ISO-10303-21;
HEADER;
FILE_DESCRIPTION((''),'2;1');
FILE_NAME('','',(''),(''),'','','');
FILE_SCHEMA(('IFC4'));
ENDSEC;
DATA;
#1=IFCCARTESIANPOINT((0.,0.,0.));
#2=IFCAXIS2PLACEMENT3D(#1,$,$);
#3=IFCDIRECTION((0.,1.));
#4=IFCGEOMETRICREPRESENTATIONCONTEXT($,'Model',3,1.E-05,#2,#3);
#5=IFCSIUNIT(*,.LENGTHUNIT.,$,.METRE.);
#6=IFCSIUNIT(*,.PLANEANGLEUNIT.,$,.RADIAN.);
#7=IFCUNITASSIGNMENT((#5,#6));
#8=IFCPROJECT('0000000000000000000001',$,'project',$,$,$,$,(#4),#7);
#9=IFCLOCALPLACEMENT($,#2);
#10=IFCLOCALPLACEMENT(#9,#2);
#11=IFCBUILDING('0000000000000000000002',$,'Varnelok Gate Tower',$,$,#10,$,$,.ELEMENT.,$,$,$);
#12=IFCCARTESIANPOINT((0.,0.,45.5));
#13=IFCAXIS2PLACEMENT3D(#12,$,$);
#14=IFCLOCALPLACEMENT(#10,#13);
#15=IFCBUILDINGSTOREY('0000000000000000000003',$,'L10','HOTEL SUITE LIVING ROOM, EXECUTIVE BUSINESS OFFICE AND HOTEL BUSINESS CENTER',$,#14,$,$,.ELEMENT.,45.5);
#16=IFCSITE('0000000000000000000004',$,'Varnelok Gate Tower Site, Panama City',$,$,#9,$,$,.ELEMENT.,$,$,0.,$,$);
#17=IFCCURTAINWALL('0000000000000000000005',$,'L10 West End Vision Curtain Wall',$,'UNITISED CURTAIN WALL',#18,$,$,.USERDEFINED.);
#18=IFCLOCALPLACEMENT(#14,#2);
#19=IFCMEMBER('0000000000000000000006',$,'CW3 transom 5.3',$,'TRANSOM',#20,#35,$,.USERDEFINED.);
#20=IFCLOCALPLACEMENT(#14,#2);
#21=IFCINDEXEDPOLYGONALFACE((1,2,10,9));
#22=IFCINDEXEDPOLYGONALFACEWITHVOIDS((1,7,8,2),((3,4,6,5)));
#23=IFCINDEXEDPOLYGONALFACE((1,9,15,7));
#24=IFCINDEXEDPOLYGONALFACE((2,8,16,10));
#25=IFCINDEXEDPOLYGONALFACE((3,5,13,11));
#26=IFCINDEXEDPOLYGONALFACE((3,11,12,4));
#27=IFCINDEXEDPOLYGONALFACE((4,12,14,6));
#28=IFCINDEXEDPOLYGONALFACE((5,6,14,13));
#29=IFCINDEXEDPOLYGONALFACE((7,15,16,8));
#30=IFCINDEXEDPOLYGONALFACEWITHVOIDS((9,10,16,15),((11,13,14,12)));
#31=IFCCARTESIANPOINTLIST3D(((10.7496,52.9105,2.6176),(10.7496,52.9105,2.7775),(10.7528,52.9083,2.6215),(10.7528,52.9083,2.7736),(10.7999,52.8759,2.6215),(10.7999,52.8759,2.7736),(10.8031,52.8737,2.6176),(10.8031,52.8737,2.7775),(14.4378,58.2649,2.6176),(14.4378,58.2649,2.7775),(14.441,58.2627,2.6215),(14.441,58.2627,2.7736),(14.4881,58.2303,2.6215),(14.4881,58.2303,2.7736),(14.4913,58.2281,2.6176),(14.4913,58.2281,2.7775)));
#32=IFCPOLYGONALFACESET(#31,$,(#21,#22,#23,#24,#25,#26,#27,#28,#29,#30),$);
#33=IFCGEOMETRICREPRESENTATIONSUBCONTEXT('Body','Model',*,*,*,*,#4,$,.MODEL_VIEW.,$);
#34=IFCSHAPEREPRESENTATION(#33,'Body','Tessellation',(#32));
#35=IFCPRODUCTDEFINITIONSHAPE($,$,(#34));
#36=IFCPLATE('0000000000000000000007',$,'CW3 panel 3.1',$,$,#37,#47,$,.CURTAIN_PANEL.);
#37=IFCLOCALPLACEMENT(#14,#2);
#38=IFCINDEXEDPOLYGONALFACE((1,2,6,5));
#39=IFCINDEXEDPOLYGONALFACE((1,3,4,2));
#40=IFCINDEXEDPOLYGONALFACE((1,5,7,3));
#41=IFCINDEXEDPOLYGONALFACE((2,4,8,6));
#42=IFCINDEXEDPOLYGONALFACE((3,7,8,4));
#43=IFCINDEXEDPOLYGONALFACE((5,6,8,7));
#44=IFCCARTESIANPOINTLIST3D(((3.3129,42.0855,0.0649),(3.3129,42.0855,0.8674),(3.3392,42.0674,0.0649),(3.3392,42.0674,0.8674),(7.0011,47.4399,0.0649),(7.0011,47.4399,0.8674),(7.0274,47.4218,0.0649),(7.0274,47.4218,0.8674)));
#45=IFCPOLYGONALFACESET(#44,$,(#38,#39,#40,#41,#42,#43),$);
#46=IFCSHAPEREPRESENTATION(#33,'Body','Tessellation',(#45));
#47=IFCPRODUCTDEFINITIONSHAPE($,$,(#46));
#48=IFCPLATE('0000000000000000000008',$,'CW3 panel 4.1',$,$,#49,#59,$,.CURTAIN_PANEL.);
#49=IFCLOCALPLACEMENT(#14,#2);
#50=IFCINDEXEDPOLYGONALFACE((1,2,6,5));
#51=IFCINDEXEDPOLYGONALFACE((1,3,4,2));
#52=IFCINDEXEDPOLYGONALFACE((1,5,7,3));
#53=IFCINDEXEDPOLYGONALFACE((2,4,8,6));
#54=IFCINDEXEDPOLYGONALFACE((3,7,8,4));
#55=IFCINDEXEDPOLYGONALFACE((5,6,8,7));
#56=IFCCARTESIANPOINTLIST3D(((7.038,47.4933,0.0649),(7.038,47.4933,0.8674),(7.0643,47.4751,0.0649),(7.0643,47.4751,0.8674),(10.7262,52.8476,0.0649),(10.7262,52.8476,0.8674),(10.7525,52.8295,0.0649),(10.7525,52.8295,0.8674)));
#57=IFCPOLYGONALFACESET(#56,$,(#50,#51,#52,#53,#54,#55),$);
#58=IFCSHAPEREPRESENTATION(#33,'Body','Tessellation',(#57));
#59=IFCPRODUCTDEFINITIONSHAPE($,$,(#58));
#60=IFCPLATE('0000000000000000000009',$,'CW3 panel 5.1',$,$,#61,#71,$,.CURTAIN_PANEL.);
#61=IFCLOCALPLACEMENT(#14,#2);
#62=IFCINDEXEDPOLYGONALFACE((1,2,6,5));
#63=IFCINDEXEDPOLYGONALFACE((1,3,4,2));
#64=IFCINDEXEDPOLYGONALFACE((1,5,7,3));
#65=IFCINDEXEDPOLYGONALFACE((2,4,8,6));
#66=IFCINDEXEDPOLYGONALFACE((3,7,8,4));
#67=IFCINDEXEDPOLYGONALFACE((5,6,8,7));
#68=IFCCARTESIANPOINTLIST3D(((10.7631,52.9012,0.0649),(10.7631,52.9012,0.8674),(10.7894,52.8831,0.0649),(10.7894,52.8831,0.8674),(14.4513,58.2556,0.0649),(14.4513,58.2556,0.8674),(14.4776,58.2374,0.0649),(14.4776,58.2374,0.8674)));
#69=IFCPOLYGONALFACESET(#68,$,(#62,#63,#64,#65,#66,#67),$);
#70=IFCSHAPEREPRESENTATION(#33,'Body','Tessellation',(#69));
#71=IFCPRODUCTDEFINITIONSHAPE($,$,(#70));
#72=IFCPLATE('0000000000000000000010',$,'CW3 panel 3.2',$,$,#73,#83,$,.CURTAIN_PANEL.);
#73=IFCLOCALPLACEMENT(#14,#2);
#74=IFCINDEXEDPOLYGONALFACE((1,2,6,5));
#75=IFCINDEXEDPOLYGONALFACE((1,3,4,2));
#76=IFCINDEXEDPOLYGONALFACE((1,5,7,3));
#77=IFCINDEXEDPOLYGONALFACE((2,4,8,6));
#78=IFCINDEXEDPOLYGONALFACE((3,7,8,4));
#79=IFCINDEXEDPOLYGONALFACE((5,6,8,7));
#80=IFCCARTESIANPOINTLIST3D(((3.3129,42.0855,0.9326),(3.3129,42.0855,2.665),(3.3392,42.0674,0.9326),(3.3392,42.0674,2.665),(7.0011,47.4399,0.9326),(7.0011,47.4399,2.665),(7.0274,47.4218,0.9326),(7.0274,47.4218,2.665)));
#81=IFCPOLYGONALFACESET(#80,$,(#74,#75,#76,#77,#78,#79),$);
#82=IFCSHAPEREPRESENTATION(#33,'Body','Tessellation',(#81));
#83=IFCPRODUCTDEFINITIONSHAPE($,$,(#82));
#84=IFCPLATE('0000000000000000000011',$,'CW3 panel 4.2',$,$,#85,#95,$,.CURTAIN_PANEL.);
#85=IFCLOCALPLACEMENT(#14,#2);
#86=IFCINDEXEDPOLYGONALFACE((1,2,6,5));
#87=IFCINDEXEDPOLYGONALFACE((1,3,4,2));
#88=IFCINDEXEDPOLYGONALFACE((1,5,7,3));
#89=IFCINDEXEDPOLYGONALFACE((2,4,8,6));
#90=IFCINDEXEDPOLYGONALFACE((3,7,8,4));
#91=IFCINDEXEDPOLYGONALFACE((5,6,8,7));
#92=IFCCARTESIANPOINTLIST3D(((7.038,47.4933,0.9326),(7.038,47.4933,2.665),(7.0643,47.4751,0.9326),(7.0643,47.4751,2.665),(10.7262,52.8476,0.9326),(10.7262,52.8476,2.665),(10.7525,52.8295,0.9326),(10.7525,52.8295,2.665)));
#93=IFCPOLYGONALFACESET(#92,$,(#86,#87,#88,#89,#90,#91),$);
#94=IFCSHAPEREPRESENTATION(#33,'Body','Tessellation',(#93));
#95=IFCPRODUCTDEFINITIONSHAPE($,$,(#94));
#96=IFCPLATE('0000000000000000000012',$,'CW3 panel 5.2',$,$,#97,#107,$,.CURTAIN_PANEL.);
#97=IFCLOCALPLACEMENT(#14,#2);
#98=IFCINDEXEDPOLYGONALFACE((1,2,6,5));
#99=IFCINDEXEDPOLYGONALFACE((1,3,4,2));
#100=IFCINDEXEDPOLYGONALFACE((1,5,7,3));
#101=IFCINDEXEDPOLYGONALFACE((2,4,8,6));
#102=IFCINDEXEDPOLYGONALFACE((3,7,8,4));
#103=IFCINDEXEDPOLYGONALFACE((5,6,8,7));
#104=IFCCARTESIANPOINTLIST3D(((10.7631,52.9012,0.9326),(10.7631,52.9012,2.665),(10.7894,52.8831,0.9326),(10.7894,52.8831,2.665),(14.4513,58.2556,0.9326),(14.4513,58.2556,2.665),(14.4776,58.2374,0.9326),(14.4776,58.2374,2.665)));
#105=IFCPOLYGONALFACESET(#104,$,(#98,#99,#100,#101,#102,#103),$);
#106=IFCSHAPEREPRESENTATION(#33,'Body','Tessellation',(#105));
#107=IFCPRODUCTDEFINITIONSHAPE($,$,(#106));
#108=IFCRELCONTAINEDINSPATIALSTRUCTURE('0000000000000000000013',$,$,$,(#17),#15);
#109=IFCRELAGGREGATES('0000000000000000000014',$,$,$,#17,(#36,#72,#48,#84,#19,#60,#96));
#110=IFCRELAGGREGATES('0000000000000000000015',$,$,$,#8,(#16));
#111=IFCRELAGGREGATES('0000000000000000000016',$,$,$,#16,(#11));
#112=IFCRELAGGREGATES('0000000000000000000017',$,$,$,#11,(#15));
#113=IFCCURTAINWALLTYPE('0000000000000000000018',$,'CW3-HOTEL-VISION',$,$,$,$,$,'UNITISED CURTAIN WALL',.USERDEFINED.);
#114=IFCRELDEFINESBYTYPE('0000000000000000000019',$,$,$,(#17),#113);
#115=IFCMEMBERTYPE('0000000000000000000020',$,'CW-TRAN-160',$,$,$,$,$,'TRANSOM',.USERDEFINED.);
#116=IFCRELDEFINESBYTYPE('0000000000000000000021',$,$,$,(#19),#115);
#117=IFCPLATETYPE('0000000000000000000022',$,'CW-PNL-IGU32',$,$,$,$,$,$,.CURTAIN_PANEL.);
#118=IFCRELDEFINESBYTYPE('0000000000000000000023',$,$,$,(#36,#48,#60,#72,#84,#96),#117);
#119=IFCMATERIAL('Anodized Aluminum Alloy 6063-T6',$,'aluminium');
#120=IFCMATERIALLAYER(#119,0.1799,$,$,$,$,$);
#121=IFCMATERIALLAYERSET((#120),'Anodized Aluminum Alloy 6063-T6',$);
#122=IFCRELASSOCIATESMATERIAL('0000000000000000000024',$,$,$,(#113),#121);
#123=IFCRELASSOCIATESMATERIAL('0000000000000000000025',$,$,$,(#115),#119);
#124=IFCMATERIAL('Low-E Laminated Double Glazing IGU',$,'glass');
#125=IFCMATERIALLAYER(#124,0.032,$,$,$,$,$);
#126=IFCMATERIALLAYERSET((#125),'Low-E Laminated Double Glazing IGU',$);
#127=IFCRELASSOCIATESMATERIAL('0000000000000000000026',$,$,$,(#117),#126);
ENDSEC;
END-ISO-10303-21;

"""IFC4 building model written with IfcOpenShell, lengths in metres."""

from ifc_helpers import new_model, si_unit, direction, frame, origin, origin_2d, place, context, subcontext, project, spatial, rectangle, hollow_rectangle, extrude, source, transform, mapped, material, layer, layer_set, material_profile, profile_set, type_object, element, aggregate, save


model = new_model("IFC4")

# Units and contexts
model_context = context("Model", 3, precision=1e-05, world=origin(), true_north=direction((0.0, 1.0)))
body_context = subcontext(model_context, "Body", "Model", "MODEL_VIEW")
ifc_project = project(units=[si_unit("LENGTHUNIT", "METRE"), si_unit("PLANEANGLEUNIT", "RADIAN")], contexts=[model_context])

# Site, building, storey
site_placement = place(None, origin())
site = spatial("IfcSite", under=ifc_project, at=site_placement, Name="Varnelok Gate Tower Site, Panama City", CompositionType="ELEMENT", RefElevation=0.0)
building_placement = place(site_placement, origin())
building = spatial("IfcBuilding", under=site, at=building_placement, Name="Varnelok Gate Tower", CompositionType="ELEMENT")
storey_placement = place(building_placement, frame((0.0, 0.0, 45.5)))
storey = spatial("IfcBuildingStorey", under=building, at=storey_placement, Name="L10", Description="HOTEL SUITE LIVING ROOM, EXECUTIVE BUSINESS OFFICE AND HOTEL BUSINESS CENTER", CompositionType="ELEMENT", Elevation=45.5)

# Curtain wall, member, plates
ifc_material_1 = material(Name="Anodized Aluminum Alloy 6063-T6", Category="aluminium")
ifc_layer_1 = layer(ifc_material_1, 0.1799)
ifc_layer_set_1 = layer_set([ifc_layer_1], Name="Anodized Aluminum Alloy 6063-T6")
curtain_wall_type = type_object("IfcCurtainWallType", Name="CW3-HOTEL-VISION", ElementType="UNITISED CURTAIN WALL", PredefinedType="USERDEFINED", material=ifc_layer_set_1)
curtain_wall_placement = place(storey_placement, origin())
curtain_wall = element("IfcCurtainWall", 1, at=curtain_wall_placement, inside=storey, type_object=curtain_wall_type, Name="L10 West End Vision Curtain Wall", ObjectType="UNITISED CURTAIN WALL", PredefinedType="USERDEFINED")
ifc_material_profile_1 = material_profile(ifc_material_1, hollow_rectangle(XDim=0.0649, YDim=0.1599, WallThickness=0.0039, at=origin_2d()), Name="ALU160X65X4")
ifc_profile_set_1 = profile_set([ifc_material_profile_1], Name="Anodized Aluminum Alloy 6063-T6")
member_type_1 = type_object("IfcMemberType", Name="CW-TRAN-160", ElementType="TRANSOM", PredefinedType="USERDEFINED", material=ifc_profile_set_1)
member_1_placement = place(storey_placement, frame((10.7764, 52.8921, 2.6975), z_axis=(0.567262, 0.823538, 0.0), x_axis=(-0.823538, 0.567262, 0.0)))
member_1 = element("IfcMember", 2, at=member_1_placement, type_object=member_type_1, Name="CW3 transom 5.3", ObjectType="TRANSOM", PredefinedType="USERDEFINED", context=body_context, shape_type="SweptSolid", body=[
    extrude(hollow_rectangle(XDim=0.0649, YDim=0.1599, WallThickness=0.0039, at=origin_2d()), origin(), (0.0, 0.0, 1.0), 6.5017),
])
ifc_material_2 = material(Name="Low-E Laminated Double Glazing IGU", Category="glass")
ifc_layer_2 = layer(ifc_material_2, 0.032)
ifc_layer_set_2 = layer_set([ifc_layer_2], Name="Low-E Laminated Double Glazing IGU")
plate_type = type_object("IfcPlateType", Name="CW-PNL-IGU32", PredefinedType="CURTAIN_PANEL", material=ifc_layer_set_2)
shared_shape_1 = source(origin(), body_context, "Body", "SweptSolid", [
    extrude(rectangle(XDim=6.5017, YDim=0.032, at=origin_2d()), origin(), (0.0, 0.0, 1.0), 0.8025),
])
plate_1_placement = place(storey_placement, frame((5.1702, 44.7537, 0.0649), z_axis=(0.0, 0.0, 1.0), x_axis=(0.567269, 0.823533, 0.0)))
plate_1 = element("IfcPlate", 3, at=plate_1_placement, type_object=plate_type, Name="CW3 panel 3.1", PredefinedType="CURTAIN_PANEL", context=body_context, shape_type="MappedRepresentation", body=[
    mapped(shared_shape_1, transform((0.0, 0.0, 0.0), scale=1.0)),
])
plate_2_placement = place(storey_placement, frame((8.8953, 50.1614, 0.0649), z_axis=(0.0, 0.0, 1.0), x_axis=(0.567269, 0.823533, 0.0)))
plate_2 = element("IfcPlate", 4, at=plate_2_placement, type_object=plate_type, Name="CW3 panel 4.1", PredefinedType="CURTAIN_PANEL", context=body_context, shape_type="MappedRepresentation", body=[
    mapped(shared_shape_1, transform((0.0, 0.0, 0.0), scale=1.0)),
])
plate_3_placement = place(storey_placement, frame((12.6204, 55.5693, 0.0649), z_axis=(0.0, 0.0, 1.0), x_axis=(0.567269, 0.823533, 0.0)))
plate_3 = element("IfcPlate", 5, at=plate_3_placement, type_object=plate_type, Name="CW3 panel 5.1", PredefinedType="CURTAIN_PANEL", context=body_context, shape_type="MappedRepresentation", body=[
    mapped(shared_shape_1, transform((0.0, 0.0, 0.0), scale=1.0)),
])
shared_shape_2 = source(origin(), body_context, "Body", "SweptSolid", [
    extrude(rectangle(XDim=6.5017, YDim=0.032, at=origin_2d()), origin(), (0.0, 0.0, 1.0), 1.7324),
])
plate_4_placement = place(storey_placement, frame((5.1702, 44.7537, 0.9326), z_axis=(0.0, 0.0, 1.0), x_axis=(0.567269, 0.823533, 0.0)))
plate_4 = element("IfcPlate", 6, at=plate_4_placement, type_object=plate_type, Name="CW3 panel 3.2", PredefinedType="CURTAIN_PANEL", context=body_context, shape_type="MappedRepresentation", body=[
    mapped(shared_shape_2, transform((0.0, 0.0, 0.0), scale=1.0)),
])
plate_5_placement = place(storey_placement, frame((8.8953, 50.1614, 0.9326), z_axis=(0.0, 0.0, 1.0), x_axis=(0.567269, 0.823533, 0.0)))
plate_5 = element("IfcPlate", 7, at=plate_5_placement, type_object=plate_type, Name="CW3 panel 4.2", PredefinedType="CURTAIN_PANEL", context=body_context, shape_type="MappedRepresentation", body=[
    mapped(shared_shape_2, transform((0.0, 0.0, 0.0), scale=1.0)),
])
plate_6_placement = place(storey_placement, frame((12.6204, 55.5693, 0.9326), z_axis=(0.0, 0.0, 1.0), x_axis=(0.567269, 0.823533, 0.0)))
plate_6 = element("IfcPlate", 8, at=plate_6_placement, type_object=plate_type, Name="CW3 panel 5.2", PredefinedType="CURTAIN_PANEL", context=body_context, shape_type="MappedRepresentation", body=[
    mapped(shared_shape_2, transform((0.0, 0.0, 0.0), scale=1.0)),
])
aggregate(curtain_wall, [plate_1, plate_4, plate_2, plate_5, member_1, plate_3, plate_6])

save(model, "model.ifc")
